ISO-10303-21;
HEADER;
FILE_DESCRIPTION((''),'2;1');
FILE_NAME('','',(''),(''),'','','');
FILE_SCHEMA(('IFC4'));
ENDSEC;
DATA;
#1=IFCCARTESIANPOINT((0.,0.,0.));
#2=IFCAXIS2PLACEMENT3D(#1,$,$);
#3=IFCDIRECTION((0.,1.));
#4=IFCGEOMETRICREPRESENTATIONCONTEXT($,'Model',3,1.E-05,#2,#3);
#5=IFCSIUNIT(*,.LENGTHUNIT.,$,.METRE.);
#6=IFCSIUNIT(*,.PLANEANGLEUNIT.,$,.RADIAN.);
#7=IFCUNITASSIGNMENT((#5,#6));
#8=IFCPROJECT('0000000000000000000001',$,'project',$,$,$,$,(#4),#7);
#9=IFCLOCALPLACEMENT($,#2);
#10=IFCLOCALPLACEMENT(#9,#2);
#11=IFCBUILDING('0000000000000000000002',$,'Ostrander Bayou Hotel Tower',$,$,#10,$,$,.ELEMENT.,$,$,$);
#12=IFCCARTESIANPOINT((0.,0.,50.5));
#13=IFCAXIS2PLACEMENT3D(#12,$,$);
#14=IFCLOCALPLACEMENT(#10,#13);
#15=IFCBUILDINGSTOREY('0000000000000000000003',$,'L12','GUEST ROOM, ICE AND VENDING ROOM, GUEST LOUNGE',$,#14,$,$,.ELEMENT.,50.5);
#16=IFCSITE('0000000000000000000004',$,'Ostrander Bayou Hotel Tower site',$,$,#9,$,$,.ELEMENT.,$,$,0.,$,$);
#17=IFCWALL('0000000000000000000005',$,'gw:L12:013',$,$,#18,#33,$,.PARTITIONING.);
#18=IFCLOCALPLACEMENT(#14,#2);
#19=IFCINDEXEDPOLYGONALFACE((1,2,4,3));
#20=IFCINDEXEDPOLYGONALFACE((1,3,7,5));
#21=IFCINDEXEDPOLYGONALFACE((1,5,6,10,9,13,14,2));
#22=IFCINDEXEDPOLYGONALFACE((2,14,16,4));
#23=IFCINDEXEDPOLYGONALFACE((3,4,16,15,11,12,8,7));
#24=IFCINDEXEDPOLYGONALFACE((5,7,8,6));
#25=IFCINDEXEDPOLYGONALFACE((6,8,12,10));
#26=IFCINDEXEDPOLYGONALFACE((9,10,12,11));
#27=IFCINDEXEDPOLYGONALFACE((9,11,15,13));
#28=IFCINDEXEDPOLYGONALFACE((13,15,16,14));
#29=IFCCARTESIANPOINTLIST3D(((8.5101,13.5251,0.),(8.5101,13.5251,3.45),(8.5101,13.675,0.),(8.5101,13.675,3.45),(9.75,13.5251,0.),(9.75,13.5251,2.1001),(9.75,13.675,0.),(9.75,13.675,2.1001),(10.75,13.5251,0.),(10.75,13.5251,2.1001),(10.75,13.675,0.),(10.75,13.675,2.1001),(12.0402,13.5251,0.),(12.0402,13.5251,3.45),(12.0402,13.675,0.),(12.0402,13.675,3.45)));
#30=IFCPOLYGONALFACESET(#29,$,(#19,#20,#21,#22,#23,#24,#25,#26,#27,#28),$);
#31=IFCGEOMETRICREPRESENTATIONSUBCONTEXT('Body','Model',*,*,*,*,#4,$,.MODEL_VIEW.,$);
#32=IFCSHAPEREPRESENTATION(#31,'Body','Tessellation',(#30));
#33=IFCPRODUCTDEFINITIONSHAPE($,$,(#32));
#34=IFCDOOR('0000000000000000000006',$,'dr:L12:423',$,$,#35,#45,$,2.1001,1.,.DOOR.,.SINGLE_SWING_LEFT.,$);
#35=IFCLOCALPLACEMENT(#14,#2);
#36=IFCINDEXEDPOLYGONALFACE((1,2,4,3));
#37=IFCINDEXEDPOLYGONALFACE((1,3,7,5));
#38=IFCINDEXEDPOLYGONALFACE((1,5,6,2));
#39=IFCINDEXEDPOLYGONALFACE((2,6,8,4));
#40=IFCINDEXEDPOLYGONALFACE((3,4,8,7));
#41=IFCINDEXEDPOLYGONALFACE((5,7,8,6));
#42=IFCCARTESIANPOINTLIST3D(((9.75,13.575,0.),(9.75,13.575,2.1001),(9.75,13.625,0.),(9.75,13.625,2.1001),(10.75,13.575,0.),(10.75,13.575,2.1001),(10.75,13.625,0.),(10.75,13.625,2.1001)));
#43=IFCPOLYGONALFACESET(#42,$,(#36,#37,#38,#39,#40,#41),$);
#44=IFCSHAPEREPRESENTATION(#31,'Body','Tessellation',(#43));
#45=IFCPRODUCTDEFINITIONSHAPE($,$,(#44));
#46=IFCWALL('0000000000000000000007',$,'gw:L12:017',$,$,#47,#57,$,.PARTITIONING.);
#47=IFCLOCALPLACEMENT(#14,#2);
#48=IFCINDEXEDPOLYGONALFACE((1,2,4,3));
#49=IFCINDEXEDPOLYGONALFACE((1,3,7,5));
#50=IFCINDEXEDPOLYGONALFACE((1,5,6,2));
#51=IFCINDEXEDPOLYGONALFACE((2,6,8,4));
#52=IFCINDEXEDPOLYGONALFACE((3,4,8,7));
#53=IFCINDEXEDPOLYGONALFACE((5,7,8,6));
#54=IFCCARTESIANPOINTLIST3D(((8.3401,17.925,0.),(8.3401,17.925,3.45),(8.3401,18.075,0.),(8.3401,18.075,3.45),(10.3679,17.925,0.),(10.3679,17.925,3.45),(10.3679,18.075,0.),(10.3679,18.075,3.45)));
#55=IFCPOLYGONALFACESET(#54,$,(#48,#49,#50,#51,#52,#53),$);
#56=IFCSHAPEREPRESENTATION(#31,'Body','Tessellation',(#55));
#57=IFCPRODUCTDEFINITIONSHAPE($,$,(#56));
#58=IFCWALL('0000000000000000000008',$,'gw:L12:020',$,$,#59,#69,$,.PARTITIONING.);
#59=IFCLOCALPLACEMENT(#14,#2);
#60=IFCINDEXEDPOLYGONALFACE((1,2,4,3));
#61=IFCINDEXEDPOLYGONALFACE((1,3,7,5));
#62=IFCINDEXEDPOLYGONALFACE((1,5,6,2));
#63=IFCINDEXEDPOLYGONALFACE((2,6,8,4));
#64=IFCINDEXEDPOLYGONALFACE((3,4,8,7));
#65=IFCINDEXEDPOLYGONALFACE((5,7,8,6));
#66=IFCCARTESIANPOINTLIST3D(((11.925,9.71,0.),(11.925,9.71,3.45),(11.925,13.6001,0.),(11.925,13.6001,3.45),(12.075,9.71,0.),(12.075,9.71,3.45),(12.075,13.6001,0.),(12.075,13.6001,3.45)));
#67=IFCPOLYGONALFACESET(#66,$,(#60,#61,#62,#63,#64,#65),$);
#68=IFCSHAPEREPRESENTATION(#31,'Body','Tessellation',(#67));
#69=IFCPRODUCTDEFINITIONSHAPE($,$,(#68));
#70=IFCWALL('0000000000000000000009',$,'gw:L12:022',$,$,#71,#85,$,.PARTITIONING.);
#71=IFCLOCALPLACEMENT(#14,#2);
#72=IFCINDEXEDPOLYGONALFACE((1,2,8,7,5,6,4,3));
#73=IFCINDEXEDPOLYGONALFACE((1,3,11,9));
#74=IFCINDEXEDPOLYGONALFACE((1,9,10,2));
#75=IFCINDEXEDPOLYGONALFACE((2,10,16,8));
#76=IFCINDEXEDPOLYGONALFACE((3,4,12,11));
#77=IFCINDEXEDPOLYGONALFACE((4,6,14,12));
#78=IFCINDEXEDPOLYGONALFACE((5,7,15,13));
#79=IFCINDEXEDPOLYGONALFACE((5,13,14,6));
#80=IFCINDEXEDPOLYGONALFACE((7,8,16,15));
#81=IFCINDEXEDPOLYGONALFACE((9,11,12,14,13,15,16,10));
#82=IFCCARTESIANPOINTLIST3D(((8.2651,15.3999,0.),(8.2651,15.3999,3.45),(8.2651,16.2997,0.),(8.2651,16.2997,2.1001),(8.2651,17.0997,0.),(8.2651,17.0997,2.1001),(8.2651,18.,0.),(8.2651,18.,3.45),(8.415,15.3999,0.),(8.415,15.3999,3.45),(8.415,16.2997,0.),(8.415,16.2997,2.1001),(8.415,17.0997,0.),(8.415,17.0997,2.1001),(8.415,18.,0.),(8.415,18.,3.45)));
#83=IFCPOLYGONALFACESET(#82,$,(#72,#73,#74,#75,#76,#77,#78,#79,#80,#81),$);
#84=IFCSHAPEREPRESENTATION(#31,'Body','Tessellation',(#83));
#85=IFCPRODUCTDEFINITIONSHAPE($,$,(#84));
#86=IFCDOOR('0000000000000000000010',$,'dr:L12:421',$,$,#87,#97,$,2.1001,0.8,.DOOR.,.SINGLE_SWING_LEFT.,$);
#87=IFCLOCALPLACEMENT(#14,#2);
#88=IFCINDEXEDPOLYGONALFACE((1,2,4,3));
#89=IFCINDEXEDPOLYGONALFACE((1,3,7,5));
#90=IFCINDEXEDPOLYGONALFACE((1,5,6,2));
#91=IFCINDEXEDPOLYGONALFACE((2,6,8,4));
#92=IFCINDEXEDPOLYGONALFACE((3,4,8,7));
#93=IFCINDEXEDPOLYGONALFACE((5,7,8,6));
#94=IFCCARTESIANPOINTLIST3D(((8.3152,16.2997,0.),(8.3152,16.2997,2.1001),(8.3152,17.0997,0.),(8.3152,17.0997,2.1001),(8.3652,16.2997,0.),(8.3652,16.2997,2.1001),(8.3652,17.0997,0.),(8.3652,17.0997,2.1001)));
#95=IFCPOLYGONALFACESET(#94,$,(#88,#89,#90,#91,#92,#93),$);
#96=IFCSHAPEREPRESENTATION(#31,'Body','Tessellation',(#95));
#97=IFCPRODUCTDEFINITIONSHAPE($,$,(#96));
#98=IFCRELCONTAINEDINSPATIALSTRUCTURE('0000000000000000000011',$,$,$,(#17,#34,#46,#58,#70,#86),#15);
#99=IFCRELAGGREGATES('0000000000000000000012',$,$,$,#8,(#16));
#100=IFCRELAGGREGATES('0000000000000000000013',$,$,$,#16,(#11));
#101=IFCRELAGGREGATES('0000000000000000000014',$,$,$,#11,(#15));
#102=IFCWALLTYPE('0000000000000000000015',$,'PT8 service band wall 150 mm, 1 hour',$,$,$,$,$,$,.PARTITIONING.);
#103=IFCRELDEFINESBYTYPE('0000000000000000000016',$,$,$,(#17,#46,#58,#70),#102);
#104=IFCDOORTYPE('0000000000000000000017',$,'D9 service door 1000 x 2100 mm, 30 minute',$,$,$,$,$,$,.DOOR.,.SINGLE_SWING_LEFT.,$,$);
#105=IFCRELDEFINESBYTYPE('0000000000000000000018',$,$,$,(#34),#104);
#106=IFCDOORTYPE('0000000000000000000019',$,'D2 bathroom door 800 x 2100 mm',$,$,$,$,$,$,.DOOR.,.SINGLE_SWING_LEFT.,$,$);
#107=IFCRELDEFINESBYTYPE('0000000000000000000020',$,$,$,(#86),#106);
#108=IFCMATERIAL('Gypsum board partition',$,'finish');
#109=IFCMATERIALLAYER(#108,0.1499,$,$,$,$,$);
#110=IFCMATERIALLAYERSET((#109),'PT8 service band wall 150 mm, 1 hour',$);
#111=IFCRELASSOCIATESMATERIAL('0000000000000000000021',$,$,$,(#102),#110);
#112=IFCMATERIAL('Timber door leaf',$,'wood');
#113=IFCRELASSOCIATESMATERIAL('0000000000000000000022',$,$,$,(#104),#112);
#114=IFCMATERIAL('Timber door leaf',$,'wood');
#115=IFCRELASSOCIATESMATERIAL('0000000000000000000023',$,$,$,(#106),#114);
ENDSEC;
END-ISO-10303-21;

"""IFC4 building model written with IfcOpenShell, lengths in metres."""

from ifc_helpers import new_model, si_unit, direction, frame, frame_2d, origin, place, context, subcontext, project, spatial, rectangle, extrude, material, layer, layer_set, type_object, element, fill, save


model = new_model("IFC4")

# Units and contexts
model_context = context("Model", 3, precision=1e-05, world=origin(), true_north=direction((0.0, 1.0)))
body_context = subcontext(model_context, "Body", "Model", "MODEL_VIEW")
ifc_project = project(units=[si_unit("LENGTHUNIT", "METRE"), si_unit("PLANEANGLEUNIT", "RADIAN")], contexts=[model_context])

# Site, building, storey
site_placement = place(None, origin())
site = spatial("IfcSite", under=ifc_project, at=site_placement, Name="Ostrander Bayou Hotel Tower site", CompositionType="ELEMENT", RefElevation=0.0)
building_placement = place(site_placement, origin())
building = spatial("IfcBuilding", under=site, at=building_placement, Name="Ostrander Bayou Hotel Tower", CompositionType="ELEMENT")
storey_placement = place(building_placement, frame((0.0, 0.0, 50.5)))
storey = spatial("IfcBuildingStorey", under=building, at=storey_placement, Name="L12", Description="GUEST ROOM, ICE AND VENDING ROOM, GUEST LOUNGE", CompositionType="ELEMENT", Elevation=50.5)

# Wall, opening, door
ifc_material_1 = material(Name="Gypsum board partition", Category="finish")
ifc_layer_1 = layer(ifc_material_1, 0.1499)
ifc_layer_set_1 = layer_set([ifc_layer_1], Name="PT8 service band wall 150 mm, 1 hour")
wall_type_1 = type_object("IfcWallType", Name="PT8 service band wall 150 mm, 1 hour", PredefinedType="PARTITIONING", material=ifc_layer_set_1)
wall_1_placement = place(storey_placement, frame((8.51, 13.6001, 0.0), z_axis=(0.0, 0.0, 1.0), x_axis=(1.0, 0.0, 0.0)))
wall_1 = element("IfcWall", 1, at=wall_1_placement, inside=storey, type_object=wall_type_1, Name="gw:L12:013", PredefinedType="PARTITIONING", context=body_context, shape_type="SweptSolid", body=[
    extrude(rectangle(XDim=3.53, YDim=0.1499, at=frame_2d((1.7651, 0.0))), origin(), (0.0, 0.0, 1.0), 3.45),
])
opening_1_placement = place(wall_1_placement, frame((1.24, 0.0, 0.0)))
opening_1 = element("IfcOpeningElement", 2, at=opening_1_placement, cuts=wall_1, PredefinedType="OPENING", context=body_context, shape_type="SweptSolid", body=[
    extrude(rectangle(XDim=1.0, YDim=2.1001, at=frame_2d((0.5, 1.05))), frame((0.0, 0.075, 0.0), z_axis=(0.0, -1.0, 0.0), x_axis=(1.0, 0.0, 0.0)), (0.0, 0.0, 1.0), 0.1499),
])
ifc_material_2 = material(Name="Timber door leaf", Category="wood")
door_type_1 = type_object("IfcDoorType", Name="D9 service door 1000 x 2100 mm, 30 minute", OperationType="SINGLE_SWING_LEFT", PredefinedType="DOOR", material=ifc_material_2)
door_1_placement = place(opening_1_placement, origin())
door_1 = element("IfcDoor", 3, at=door_1_placement, inside=storey, type_object=door_type_1, Name="dr:L12:423", OperationType="SINGLE_SWING_LEFT", OverallHeight=2.1001, OverallWidth=1.0, PredefinedType="DOOR", context=body_context, shape_type="SweptSolid", body=[
    extrude(rectangle(XDim=1.0, YDim=2.1001, at=frame_2d((0.5, 1.05))), frame((0.0, 0.0249, 0.0), z_axis=(0.0, -1.0, 0.0), x_axis=(1.0, 0.0, 0.0)), (0.0, 0.0, 1.0), 0.05),
])
fill(opening_1, door_1)

# Walls
wall_2_placement = place(storey_placement, frame((8.3401, 18.0, 0.0), z_axis=(0.0, 0.0, 1.0), x_axis=(1.0, 0.0, 0.0)))
element("IfcWall", 4, at=wall_2_placement, inside=storey, type_object=wall_type_1, Name="gw:L12:017", PredefinedType="PARTITIONING", context=body_context, shape_type="SweptSolid", body=[
    extrude(rectangle(XDim=2.0278, YDim=0.1499, at=frame_2d((1.0139, 0.0))), origin(), (0.0, 0.0, 1.0), 3.45),
])
wall_3_placement = place(storey_placement, frame((12.0, 9.71, 0.0), z_axis=(0.0, 0.0, 1.0), x_axis=(0.0, 1.0, 0.0)))
element("IfcWall", 5, at=wall_3_placement, inside=storey, type_object=wall_type_1, Name="gw:L12:020", PredefinedType="PARTITIONING", context=body_context, shape_type="SweptSolid", body=[
    extrude(rectangle(XDim=3.8901, YDim=0.1499, at=frame_2d((1.9451, 0.0))), origin(), (0.0, 0.0, 1.0), 3.45),
])

# Wall, opening, door
wall_4_placement = place(storey_placement, frame((8.3401, 15.3999, 0.0), z_axis=(0.0, 0.0, 1.0), x_axis=(0.0, 1.0, 0.0)))
wall_4 = element("IfcWall", 6, at=wall_4_placement, inside=storey, type_object=wall_type_1, Name="gw:L12:022", PredefinedType="PARTITIONING", context=body_context, shape_type="SweptSolid", body=[
    extrude(rectangle(XDim=2.6001, YDim=0.1499, at=frame_2d((1.3, 0.0))), origin(), (0.0, 0.0, 1.0), 3.45),
])
opening_2_placement = place(wall_4_placement, frame((0.8999, 0.0, 0.0)))
opening_2 = element("IfcOpeningElement", 7, at=opening_2_placement, cuts=wall_4, PredefinedType="OPENING", context=body_context, shape_type="SweptSolid", body=[
    extrude(rectangle(XDim=0.8, YDim=2.1001, at=frame_2d((0.3999, 1.05))), frame((0.0, 0.075, 0.0), z_axis=(0.0, -1.0, 0.0), x_axis=(1.0, 0.0, 0.0)), (0.0, 0.0, 1.0), 0.1499),
])
ifc_material_3 = material(Name="Timber door leaf", Category="wood")
door_type_2 = type_object("IfcDoorType", Name="D2 bathroom door 800 x 2100 mm", OperationType="SINGLE_SWING_LEFT", PredefinedType="DOOR", material=ifc_material_3)
door_2_placement = place(opening_2_placement, origin())
door_2 = element("IfcDoor", 8, at=door_2_placement, inside=storey, type_object=door_type_2, Name="dr:L12:421", OperationType="SINGLE_SWING_LEFT", OverallHeight=2.1001, OverallWidth=0.8, PredefinedType="DOOR", context=body_context, shape_type="SweptSolid", body=[
    extrude(rectangle(XDim=0.8, YDim=2.1001, at=frame_2d((0.3999, 1.05))), frame((0.0, 0.0249, 0.0), z_axis=(0.0, -1.0, 0.0), x_axis=(1.0, 0.0, 0.0)), (0.0, 0.0, 1.0), 0.05),
])
fill(opening_2, door_2)

save(model, "model.ifc")
